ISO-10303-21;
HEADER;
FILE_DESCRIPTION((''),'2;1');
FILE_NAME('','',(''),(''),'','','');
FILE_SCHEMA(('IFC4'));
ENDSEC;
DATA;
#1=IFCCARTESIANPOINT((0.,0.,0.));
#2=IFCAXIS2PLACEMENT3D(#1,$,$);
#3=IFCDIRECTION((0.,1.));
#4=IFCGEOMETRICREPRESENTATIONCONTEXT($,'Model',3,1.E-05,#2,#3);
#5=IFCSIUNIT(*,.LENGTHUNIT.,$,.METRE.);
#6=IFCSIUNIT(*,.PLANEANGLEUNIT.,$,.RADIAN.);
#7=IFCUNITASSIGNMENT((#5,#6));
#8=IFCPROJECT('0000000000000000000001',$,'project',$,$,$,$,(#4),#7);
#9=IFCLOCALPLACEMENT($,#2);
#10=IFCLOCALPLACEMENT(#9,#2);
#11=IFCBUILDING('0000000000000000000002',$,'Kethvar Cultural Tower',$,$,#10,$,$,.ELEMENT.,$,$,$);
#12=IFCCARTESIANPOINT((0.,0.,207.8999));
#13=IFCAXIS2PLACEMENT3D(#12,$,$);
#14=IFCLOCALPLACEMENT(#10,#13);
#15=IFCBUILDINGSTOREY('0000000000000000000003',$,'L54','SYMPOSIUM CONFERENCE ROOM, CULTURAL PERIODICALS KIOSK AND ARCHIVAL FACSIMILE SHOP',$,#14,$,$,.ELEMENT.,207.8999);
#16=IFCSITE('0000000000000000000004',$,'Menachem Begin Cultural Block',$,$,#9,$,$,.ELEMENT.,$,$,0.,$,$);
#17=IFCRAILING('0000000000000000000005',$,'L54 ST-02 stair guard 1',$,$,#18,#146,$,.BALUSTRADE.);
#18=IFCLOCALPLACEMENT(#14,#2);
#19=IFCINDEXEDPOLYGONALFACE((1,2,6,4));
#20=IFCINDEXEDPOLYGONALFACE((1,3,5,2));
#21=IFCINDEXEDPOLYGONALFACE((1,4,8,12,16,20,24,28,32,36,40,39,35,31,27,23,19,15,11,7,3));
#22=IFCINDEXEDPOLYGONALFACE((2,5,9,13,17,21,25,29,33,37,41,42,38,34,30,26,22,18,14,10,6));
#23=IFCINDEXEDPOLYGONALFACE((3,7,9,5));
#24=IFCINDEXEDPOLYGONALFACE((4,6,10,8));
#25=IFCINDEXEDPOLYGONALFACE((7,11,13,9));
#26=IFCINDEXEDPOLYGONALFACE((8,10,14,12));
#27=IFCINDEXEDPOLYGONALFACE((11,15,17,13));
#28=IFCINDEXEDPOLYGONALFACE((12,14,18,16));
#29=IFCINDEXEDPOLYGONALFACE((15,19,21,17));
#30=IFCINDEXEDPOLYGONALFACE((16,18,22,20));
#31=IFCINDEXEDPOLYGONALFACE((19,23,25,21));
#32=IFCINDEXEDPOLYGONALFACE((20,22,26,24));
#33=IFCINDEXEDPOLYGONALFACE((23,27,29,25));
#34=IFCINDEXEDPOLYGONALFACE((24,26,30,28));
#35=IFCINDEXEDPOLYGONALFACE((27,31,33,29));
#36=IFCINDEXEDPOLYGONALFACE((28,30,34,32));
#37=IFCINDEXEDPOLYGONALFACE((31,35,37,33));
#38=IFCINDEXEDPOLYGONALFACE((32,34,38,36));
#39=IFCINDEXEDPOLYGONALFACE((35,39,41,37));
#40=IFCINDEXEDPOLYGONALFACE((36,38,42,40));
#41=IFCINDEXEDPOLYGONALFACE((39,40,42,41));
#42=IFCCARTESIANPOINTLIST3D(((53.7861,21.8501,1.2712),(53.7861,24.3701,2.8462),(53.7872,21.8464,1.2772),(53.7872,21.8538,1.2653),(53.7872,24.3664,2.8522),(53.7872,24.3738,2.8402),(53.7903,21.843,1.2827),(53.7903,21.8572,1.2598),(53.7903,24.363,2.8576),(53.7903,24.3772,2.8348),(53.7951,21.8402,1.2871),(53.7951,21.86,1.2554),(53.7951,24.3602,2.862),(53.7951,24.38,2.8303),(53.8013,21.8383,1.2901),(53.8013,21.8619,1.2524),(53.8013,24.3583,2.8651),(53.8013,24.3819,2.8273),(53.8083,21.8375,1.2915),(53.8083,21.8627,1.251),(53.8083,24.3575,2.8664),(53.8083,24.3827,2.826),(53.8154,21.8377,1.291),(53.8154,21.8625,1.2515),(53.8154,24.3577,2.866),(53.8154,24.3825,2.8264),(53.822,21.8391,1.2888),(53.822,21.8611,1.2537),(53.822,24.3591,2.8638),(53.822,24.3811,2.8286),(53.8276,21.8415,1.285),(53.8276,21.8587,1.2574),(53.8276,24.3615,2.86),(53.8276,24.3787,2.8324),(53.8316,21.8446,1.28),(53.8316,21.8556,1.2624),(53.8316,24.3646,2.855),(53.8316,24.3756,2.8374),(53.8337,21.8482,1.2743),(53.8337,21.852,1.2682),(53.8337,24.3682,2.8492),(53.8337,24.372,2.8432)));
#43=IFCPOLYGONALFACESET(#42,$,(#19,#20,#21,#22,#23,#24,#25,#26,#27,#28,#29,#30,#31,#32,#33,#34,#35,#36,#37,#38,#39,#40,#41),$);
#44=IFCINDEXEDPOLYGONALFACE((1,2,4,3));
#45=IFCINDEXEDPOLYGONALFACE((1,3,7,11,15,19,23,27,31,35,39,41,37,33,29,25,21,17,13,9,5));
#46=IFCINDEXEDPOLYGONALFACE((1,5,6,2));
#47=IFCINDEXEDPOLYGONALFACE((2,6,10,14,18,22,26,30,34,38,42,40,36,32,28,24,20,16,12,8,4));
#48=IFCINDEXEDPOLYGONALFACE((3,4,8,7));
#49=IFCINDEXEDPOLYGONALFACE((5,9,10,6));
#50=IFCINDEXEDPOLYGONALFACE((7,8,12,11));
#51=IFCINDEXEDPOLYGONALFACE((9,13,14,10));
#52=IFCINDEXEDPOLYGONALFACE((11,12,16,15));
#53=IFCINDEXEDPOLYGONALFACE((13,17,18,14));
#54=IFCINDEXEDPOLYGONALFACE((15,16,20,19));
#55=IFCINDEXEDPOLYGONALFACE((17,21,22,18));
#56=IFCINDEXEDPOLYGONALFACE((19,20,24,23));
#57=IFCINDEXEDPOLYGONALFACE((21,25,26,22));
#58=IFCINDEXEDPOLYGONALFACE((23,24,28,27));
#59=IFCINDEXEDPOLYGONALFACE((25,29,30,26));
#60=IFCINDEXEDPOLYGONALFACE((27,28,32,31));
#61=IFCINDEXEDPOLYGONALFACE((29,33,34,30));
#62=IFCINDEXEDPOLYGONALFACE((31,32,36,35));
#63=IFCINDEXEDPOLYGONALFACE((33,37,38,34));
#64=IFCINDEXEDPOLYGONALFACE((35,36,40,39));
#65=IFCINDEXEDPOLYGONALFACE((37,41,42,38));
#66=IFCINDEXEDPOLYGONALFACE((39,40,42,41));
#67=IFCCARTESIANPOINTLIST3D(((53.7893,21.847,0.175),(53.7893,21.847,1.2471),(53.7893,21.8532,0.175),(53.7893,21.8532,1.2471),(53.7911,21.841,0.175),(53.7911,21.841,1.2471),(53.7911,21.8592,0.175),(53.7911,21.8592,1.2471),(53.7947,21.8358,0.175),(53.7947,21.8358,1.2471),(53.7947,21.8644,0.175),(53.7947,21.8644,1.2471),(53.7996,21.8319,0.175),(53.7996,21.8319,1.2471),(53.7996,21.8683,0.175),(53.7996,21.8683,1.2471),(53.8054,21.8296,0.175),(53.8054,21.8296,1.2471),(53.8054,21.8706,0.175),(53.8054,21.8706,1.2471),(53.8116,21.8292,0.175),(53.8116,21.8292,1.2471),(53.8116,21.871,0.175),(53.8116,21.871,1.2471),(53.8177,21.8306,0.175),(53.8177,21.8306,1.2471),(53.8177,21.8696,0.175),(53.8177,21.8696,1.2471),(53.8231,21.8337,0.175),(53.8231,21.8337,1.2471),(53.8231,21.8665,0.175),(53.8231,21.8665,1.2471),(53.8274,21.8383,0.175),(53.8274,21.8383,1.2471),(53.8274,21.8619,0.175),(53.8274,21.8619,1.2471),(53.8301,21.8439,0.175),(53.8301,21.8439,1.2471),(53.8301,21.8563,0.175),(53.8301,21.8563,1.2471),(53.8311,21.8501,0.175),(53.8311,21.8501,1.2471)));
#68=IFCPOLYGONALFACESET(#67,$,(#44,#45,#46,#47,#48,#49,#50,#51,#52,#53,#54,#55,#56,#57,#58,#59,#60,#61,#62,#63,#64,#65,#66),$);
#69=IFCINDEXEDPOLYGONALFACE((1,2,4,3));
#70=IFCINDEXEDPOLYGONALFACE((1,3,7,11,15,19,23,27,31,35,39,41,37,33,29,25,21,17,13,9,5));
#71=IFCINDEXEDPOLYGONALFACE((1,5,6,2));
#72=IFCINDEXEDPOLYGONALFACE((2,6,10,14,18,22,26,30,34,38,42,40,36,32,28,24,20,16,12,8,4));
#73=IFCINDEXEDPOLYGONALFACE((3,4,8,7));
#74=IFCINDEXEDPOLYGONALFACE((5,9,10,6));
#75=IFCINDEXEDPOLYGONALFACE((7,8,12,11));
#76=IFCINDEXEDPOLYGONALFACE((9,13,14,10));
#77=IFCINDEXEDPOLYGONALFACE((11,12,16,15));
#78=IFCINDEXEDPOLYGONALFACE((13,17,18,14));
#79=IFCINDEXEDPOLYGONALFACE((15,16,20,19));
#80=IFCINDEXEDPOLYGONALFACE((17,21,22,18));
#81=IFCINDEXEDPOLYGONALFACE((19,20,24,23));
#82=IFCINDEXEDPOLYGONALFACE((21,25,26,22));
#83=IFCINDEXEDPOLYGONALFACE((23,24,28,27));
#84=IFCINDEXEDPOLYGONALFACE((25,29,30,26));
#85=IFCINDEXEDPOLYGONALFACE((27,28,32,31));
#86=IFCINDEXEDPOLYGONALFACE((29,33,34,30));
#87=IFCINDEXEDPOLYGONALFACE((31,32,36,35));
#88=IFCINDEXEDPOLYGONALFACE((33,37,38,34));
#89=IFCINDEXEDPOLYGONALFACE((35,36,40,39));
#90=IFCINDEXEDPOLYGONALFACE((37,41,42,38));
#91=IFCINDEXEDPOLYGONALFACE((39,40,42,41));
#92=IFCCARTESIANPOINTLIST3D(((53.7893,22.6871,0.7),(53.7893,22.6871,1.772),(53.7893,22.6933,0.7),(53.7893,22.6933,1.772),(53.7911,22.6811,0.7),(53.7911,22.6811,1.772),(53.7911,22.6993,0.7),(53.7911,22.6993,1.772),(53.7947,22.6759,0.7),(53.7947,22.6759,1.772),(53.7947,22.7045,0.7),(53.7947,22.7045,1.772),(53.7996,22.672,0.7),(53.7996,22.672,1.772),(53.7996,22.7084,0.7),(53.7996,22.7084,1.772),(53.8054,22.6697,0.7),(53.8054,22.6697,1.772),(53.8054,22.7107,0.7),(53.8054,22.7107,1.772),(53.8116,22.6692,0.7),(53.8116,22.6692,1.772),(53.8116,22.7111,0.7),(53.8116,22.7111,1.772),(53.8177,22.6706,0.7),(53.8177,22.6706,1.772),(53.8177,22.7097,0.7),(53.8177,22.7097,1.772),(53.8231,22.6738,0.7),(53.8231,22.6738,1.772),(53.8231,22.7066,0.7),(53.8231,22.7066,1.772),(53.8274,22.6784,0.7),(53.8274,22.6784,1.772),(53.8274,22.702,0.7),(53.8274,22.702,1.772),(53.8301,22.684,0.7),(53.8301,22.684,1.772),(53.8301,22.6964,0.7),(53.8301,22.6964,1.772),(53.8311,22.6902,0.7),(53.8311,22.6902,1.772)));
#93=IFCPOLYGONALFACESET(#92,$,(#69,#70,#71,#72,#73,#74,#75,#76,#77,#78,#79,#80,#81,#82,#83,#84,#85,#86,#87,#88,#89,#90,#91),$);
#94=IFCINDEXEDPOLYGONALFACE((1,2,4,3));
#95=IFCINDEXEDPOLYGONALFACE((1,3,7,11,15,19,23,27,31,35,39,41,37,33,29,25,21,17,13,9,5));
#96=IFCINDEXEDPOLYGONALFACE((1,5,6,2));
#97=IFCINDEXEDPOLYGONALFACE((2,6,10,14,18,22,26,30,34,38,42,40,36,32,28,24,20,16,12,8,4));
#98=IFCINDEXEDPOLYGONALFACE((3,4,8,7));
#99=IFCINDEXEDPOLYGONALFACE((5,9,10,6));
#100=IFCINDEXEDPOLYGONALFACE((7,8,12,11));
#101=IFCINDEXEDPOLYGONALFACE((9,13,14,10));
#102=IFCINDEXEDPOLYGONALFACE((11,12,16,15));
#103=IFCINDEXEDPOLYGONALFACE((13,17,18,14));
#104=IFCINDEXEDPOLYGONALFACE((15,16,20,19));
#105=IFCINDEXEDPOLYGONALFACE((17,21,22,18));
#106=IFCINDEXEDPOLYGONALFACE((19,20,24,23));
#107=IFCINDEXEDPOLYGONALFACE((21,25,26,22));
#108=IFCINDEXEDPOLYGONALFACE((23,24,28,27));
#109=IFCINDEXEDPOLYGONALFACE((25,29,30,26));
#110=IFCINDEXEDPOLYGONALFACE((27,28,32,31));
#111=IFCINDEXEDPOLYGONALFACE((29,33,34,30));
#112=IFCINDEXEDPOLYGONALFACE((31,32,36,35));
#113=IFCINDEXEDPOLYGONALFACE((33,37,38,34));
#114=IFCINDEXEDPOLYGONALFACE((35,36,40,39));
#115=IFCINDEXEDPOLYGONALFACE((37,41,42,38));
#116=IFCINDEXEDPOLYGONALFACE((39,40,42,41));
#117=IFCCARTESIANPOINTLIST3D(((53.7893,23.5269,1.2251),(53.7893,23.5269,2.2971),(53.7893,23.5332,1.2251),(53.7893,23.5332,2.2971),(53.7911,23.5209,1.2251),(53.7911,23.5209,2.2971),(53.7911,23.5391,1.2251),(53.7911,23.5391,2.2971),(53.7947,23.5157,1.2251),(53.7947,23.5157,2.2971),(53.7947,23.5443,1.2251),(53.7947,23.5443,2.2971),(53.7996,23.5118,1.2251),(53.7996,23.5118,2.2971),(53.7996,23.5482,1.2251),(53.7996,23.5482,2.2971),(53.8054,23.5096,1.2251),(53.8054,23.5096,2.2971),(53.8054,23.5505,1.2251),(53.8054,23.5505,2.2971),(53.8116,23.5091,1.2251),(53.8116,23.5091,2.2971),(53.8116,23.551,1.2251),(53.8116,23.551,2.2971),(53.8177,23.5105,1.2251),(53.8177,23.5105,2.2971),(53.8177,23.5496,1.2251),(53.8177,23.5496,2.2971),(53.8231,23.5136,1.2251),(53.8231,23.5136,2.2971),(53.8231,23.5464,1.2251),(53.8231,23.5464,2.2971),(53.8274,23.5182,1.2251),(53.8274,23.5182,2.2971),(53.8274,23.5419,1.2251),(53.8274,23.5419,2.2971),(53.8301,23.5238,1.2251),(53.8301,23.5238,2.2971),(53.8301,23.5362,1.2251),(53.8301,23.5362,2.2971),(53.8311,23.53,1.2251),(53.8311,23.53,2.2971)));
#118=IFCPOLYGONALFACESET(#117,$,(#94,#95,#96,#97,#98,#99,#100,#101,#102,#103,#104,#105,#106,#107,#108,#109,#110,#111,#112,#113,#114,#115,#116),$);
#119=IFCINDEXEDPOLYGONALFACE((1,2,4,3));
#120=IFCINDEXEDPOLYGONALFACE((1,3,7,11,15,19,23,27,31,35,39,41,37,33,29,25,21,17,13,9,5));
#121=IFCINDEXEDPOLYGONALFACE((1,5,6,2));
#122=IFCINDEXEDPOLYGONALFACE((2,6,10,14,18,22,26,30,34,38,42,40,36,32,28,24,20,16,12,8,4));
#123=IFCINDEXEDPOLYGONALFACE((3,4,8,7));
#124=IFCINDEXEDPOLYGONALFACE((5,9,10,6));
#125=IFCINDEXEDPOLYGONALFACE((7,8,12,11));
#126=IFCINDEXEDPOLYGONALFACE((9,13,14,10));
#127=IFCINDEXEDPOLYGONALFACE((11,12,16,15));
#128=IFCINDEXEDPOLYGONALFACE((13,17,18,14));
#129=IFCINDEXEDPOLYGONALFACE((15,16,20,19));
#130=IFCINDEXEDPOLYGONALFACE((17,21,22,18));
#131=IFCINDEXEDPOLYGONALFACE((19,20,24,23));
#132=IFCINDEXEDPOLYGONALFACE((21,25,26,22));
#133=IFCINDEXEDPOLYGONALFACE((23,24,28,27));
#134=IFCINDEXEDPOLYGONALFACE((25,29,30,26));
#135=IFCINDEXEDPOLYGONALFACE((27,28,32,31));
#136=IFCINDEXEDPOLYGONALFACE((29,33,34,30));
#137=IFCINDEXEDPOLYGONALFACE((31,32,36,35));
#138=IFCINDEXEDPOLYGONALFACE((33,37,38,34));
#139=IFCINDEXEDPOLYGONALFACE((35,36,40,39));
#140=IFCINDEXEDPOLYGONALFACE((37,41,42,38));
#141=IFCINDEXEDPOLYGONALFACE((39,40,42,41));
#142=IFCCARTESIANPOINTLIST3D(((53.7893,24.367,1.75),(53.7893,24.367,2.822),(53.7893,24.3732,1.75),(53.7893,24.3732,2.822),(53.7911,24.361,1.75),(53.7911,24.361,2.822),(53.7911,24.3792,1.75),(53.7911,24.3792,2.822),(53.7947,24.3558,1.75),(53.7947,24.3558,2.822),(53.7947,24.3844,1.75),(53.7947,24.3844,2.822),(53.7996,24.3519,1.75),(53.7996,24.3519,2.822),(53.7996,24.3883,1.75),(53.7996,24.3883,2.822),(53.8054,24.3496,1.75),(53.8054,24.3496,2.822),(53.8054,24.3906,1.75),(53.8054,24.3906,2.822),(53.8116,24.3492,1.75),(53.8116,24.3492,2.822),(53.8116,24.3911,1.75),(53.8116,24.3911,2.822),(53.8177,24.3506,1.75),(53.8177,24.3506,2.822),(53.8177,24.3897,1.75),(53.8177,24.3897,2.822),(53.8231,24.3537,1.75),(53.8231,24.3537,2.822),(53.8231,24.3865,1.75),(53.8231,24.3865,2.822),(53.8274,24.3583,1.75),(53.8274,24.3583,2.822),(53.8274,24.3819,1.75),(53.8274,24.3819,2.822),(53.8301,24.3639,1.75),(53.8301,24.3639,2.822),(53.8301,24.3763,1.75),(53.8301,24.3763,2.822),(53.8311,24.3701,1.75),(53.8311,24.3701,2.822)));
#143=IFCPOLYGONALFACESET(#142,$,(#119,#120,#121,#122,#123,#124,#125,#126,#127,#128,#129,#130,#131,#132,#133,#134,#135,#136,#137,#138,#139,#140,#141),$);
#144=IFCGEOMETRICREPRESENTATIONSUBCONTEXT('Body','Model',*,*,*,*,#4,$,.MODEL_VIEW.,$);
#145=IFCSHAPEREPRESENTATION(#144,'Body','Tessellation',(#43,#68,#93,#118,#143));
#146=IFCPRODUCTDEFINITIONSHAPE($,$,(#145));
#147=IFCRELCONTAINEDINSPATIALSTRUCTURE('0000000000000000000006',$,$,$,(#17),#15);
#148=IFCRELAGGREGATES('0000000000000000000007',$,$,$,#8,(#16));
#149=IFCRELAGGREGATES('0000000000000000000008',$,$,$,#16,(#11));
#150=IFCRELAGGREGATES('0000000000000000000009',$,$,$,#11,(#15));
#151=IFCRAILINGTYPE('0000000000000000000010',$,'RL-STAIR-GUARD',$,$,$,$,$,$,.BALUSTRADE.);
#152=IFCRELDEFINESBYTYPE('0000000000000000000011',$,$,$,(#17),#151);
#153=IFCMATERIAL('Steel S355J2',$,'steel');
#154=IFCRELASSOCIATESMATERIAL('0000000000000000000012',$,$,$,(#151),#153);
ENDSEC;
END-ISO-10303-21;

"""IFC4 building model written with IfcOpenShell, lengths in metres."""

from ifc_helpers import new_model, si_unit, direction, frame, origin, origin_2d, place, context, subcontext, project, spatial, circle, extrude, material, type_object, element, save


model = new_model("IFC4")

# Units and contexts
model_context = context("Model", 3, precision=1e-05, world=origin(), true_north=direction((0.0, 1.0)))
body_context = subcontext(model_context, "Body", "Model", "MODEL_VIEW")
ifc_project = project(units=[si_unit("LENGTHUNIT", "METRE"), si_unit("PLANEANGLEUNIT", "RADIAN")], contexts=[model_context])

# Site, building, storey
site_placement = place(None, origin())
site = spatial("IfcSite", under=ifc_project, at=site_placement, Name="Menachem Begin Cultural Block", CompositionType="ELEMENT", RefElevation=0.0)
building_placement = place(site_placement, origin())
building = spatial("IfcBuilding", under=site, at=building_placement, Name="Kethvar Cultural Tower", CompositionType="ELEMENT")
storey_placement = place(building_placement, frame((0.0, 0.0, 207.8999)))
storey = spatial("IfcBuildingStorey", under=building, at=storey_placement, Name="L54", Description="SYMPOSIUM CONFERENCE ROOM, CULTURAL PERIODICALS KIOSK AND ARCHIVAL FACSIMILE SHOP", CompositionType="ELEMENT", Elevation=207.8999)

# Shared definitions
ifc_material_1 = material(Name="Steel S355J2", Category="steel")

# Railing
railing_type_1 = type_object("IfcRailingType", Name="RL-STAIR-GUARD", PredefinedType="BALUSTRADE", material=ifc_material_1)
railing_1_placement = place(storey_placement, frame((53.8101, 21.8501, 0.175)))
element("IfcRailing", 1, at=railing_1_placement, inside=storey, type_object=railing_type_1, Name="L54 ST-02 stair guard 1", PredefinedType="BALUSTRADE", context=body_context, shape_type="SweptSolid", body=[
    extrude(circle(Radius=0.0239, at=origin_2d()), frame((0.0, 0.0, 1.0962), z_axis=(0.0, 0.848008, 0.529984), x_axis=(-1.0, 0.0, 0.0)), (0.0, 0.0, 1.0), 2.9717),
    extrude(circle(Radius=0.021, at=origin_2d()), origin(), (0.0, 0.0, 1.0), 1.072),
    extrude(circle(Radius=0.021, at=origin_2d()), frame((0.0, 0.8401, 0.5249)), (0.0, 0.0, 1.0), 1.072),
    extrude(circle(Radius=0.021, at=origin_2d()), frame((0.0, 1.6799, 1.05)), (0.0, 0.0, 1.0), 1.072),
    extrude(circle(Radius=0.021, at=origin_2d()), frame((0.0, 2.52, 1.575)), (0.0, 0.0, 1.0), 1.072),
])

save(model, "model.ifc")
